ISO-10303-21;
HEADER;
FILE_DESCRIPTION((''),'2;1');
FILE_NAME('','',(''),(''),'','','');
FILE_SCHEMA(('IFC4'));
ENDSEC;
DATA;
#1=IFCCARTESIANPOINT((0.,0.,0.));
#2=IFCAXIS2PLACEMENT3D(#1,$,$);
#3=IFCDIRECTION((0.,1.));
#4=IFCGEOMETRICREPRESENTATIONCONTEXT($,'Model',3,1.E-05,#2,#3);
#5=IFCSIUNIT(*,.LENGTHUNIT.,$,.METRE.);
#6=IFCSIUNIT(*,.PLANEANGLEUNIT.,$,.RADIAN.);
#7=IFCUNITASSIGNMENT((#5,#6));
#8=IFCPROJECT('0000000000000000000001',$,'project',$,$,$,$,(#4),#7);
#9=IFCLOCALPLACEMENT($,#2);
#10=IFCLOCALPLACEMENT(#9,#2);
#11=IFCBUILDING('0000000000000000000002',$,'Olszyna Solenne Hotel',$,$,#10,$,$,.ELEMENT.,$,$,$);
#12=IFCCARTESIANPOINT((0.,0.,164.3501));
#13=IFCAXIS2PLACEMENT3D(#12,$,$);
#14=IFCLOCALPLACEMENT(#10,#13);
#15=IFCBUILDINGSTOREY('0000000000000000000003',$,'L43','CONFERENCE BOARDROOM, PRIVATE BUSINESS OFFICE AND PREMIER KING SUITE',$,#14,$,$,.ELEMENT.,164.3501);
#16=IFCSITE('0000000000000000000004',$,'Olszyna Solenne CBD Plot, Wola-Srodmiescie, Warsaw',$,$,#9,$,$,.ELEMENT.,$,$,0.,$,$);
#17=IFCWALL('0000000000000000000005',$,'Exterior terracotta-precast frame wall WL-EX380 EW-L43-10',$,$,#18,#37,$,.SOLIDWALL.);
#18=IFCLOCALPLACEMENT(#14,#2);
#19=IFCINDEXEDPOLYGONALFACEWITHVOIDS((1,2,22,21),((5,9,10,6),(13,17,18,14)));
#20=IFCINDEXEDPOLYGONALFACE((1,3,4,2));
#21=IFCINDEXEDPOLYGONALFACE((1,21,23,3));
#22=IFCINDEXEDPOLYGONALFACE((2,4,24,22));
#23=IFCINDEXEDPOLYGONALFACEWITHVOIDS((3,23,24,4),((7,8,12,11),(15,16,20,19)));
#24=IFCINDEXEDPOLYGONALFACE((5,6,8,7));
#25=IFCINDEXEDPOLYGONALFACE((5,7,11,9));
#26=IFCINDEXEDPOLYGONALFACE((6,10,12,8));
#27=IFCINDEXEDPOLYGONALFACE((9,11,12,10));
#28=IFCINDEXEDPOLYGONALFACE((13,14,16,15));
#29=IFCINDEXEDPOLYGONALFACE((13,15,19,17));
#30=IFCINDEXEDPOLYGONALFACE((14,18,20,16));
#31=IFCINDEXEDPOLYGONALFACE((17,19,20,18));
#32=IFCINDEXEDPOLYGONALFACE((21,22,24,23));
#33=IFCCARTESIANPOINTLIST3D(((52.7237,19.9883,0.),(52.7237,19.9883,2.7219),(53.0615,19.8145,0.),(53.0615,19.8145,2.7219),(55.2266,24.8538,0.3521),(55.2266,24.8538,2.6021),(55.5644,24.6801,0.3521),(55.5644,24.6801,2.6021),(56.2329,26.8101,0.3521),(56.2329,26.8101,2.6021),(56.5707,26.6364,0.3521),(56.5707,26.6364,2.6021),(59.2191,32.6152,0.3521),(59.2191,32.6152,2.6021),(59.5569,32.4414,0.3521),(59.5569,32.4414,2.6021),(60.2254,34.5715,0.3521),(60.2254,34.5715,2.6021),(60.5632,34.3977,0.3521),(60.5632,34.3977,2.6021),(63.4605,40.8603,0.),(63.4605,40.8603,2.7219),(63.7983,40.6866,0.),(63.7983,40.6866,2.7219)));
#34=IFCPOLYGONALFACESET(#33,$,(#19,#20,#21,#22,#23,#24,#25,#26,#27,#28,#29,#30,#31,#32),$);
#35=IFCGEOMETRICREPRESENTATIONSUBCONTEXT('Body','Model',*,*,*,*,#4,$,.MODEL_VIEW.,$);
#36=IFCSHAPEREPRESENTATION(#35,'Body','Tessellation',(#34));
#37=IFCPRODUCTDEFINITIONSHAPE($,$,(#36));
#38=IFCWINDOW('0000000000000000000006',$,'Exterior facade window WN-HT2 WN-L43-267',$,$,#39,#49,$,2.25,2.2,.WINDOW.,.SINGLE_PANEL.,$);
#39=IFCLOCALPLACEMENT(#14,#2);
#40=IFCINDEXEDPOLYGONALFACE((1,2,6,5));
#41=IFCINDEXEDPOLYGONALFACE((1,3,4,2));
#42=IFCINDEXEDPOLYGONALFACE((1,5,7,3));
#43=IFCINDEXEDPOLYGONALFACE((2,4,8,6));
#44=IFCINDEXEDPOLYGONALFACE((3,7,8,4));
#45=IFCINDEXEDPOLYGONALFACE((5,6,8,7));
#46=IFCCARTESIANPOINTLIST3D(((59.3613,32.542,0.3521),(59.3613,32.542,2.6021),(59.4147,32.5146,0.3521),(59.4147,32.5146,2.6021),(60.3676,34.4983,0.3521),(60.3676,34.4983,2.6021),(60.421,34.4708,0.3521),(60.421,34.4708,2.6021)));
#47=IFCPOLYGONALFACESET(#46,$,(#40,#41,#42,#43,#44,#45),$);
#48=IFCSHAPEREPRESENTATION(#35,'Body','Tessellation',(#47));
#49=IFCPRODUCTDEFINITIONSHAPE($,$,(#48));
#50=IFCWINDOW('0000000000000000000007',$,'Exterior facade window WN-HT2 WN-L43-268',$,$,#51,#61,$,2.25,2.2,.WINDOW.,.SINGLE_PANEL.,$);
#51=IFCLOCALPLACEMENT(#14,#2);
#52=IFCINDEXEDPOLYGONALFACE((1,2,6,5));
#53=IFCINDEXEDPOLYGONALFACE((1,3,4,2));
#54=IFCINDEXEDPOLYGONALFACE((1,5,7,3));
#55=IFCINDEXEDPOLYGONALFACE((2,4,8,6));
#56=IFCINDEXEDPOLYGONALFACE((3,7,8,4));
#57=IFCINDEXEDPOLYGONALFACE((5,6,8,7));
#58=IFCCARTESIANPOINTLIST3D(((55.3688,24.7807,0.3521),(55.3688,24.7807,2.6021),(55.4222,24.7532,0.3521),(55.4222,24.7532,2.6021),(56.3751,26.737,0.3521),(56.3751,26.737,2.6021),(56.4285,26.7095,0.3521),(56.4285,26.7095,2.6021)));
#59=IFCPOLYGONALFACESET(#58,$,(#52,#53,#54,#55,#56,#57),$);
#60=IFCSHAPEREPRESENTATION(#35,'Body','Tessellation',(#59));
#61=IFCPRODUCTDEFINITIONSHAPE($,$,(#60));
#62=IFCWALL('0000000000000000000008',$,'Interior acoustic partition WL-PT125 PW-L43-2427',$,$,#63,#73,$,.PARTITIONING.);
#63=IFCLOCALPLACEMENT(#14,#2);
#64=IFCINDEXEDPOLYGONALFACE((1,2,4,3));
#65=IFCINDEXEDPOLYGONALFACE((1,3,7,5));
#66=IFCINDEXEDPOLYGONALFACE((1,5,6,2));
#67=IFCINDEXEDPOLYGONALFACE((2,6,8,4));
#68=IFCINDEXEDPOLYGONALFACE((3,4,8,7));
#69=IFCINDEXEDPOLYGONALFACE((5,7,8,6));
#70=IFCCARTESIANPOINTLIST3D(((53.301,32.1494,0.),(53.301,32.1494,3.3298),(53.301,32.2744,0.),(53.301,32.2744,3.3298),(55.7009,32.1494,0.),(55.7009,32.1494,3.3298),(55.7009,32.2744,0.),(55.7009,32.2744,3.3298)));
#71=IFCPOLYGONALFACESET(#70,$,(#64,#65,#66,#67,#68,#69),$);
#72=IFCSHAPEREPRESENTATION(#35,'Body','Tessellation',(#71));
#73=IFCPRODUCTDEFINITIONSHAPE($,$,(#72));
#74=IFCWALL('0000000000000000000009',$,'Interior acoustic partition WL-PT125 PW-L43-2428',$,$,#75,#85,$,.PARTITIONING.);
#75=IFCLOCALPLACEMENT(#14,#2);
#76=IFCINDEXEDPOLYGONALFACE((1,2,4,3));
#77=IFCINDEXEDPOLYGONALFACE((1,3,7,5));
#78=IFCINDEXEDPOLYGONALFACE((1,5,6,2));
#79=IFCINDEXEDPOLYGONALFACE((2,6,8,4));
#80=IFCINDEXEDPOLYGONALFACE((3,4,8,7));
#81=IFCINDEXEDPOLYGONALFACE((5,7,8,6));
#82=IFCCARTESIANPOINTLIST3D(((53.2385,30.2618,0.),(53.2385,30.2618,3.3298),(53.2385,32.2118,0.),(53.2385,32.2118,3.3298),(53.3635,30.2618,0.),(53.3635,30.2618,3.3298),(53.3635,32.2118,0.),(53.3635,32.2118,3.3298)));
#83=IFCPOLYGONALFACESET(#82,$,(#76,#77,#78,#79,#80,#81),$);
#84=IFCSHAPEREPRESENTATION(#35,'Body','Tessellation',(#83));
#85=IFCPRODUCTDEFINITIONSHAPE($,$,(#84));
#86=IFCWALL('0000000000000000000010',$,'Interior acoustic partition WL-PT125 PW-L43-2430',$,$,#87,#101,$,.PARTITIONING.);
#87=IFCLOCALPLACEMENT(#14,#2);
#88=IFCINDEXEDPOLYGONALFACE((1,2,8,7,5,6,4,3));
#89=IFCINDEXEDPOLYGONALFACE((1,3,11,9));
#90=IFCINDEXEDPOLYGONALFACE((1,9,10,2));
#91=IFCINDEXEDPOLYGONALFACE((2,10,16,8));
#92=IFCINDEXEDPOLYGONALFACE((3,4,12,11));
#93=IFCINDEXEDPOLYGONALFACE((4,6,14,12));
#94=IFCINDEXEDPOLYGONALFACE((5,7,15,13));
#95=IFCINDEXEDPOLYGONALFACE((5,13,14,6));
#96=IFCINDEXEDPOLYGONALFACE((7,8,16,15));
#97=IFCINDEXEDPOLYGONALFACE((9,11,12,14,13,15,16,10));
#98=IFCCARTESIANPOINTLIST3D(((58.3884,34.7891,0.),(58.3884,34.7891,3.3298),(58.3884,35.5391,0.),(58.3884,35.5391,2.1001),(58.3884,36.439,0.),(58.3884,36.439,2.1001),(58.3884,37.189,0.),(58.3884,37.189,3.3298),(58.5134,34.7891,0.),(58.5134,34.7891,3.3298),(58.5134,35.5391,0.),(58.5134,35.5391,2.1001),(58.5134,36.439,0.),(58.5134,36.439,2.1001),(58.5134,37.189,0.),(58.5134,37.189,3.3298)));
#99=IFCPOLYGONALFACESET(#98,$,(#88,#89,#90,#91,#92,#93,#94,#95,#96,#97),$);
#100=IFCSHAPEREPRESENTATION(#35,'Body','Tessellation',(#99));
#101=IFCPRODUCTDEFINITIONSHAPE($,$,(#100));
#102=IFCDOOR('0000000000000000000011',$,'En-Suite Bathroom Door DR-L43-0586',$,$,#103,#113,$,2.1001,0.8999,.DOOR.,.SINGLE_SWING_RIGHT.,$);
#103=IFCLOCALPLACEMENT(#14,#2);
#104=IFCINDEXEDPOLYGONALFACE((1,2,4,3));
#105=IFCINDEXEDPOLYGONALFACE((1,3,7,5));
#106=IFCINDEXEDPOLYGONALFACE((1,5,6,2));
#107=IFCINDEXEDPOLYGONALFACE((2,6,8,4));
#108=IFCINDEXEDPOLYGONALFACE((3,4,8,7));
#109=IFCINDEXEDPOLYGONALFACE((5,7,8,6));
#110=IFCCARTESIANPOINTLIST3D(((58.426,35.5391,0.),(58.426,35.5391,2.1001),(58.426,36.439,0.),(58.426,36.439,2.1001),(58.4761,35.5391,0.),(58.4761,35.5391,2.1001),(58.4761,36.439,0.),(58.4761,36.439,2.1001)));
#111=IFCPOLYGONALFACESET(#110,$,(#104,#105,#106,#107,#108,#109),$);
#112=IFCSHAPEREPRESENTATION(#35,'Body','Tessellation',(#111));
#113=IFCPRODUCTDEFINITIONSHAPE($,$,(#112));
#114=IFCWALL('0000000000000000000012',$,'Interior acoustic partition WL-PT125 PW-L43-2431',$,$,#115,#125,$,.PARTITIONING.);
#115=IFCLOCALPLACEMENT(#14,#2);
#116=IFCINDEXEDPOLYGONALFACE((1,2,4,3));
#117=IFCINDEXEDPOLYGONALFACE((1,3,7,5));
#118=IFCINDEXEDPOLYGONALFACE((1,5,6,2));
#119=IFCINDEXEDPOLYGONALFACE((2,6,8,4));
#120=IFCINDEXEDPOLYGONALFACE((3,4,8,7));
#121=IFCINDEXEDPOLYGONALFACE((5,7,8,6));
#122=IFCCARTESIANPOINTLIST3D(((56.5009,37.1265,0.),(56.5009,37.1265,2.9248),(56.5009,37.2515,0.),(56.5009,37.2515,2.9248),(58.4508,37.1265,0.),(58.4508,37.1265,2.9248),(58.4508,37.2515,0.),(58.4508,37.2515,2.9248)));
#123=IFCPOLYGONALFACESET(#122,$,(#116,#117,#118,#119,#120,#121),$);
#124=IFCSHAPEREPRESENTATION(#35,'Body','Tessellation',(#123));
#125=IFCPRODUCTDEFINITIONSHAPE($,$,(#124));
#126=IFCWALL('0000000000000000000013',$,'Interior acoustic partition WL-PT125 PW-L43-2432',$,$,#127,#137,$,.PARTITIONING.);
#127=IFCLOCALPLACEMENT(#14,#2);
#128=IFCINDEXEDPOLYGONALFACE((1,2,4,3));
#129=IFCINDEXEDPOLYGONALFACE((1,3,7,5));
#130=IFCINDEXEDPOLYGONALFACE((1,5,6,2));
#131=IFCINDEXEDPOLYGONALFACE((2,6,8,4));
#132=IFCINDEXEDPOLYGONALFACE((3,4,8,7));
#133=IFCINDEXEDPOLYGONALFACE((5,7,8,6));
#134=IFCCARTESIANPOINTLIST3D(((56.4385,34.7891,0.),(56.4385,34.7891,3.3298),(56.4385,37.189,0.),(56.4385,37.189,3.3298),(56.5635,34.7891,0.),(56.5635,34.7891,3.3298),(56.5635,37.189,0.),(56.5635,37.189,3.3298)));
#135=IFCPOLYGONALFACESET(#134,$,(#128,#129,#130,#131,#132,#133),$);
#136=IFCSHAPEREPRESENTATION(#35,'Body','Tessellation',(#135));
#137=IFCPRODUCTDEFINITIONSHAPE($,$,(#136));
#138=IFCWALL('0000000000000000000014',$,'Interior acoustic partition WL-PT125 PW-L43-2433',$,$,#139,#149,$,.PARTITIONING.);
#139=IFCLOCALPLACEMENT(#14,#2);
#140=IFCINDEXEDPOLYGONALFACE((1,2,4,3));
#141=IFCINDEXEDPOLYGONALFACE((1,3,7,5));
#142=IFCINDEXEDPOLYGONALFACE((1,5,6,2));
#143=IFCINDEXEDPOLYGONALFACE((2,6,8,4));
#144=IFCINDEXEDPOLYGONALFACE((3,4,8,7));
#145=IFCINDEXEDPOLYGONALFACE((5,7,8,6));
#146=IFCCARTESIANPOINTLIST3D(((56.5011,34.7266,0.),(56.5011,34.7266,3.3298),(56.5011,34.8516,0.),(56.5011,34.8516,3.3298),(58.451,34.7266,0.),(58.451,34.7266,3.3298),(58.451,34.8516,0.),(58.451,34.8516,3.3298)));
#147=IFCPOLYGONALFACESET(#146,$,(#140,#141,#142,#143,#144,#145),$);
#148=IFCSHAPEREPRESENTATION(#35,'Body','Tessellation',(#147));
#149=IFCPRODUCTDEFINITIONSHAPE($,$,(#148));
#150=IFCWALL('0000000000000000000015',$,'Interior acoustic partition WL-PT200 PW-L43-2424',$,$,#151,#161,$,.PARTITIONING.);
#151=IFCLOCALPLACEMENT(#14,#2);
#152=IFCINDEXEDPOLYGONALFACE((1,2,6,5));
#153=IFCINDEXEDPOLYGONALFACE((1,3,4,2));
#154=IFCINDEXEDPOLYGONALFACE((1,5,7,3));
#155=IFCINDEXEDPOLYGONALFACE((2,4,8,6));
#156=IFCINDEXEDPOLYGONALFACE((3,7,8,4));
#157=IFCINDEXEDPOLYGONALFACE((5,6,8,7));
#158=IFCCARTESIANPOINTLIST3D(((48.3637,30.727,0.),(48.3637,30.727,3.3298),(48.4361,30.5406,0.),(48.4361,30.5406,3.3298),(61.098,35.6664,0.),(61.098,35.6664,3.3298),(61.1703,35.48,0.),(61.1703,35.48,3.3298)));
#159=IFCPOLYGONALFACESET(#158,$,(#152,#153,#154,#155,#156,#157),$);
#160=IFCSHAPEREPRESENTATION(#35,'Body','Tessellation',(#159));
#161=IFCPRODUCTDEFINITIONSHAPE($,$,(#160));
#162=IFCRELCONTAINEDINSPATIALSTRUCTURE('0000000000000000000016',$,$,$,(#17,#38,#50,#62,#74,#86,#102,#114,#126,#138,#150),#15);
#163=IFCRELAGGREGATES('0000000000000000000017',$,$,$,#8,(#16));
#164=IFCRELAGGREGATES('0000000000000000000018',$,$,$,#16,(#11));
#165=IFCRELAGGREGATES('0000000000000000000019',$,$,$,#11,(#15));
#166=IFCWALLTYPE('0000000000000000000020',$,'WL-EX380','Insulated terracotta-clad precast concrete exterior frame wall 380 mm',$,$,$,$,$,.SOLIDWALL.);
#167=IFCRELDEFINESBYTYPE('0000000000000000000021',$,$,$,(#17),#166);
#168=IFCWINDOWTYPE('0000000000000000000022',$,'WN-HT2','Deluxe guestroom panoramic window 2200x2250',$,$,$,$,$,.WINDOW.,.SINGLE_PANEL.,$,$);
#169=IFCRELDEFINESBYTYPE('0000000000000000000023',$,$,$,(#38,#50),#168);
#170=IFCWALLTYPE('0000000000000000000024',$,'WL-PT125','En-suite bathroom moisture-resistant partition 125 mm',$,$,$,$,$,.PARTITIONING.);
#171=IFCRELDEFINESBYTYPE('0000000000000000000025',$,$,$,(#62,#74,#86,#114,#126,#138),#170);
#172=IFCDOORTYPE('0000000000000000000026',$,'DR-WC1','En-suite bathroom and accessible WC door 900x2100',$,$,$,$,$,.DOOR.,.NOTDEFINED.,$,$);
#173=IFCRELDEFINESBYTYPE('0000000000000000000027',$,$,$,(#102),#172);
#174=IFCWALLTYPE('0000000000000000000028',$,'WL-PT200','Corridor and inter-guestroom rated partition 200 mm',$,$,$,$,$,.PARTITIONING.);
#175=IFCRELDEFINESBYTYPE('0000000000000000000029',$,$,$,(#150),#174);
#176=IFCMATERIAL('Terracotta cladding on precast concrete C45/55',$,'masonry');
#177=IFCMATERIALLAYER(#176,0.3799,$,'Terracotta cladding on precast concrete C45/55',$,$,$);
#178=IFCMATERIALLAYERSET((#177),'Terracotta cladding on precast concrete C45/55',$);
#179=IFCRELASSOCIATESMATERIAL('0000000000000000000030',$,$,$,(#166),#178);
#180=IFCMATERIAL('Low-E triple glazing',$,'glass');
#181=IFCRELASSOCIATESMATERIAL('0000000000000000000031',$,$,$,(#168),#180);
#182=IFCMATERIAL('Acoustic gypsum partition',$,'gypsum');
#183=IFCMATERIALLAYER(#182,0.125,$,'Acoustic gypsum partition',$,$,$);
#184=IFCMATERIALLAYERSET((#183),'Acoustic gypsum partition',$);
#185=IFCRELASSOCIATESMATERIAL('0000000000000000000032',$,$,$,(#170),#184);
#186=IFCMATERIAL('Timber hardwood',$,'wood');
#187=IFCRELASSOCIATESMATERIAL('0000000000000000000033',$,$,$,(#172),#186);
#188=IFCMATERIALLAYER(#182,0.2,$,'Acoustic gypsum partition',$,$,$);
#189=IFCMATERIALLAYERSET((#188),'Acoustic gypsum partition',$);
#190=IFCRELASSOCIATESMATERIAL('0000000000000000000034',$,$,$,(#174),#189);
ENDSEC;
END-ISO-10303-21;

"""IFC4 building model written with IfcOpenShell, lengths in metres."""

from ifc_helpers import new_model, si_unit, direction, frame, frame_2d, origin, place, context, subcontext, project, spatial, rectangle, extrude, source, transform, mapped, material, layer, layer_set, type_object, type_shapes, element, fill, save


model = new_model("IFC4")

# Units and contexts
model_context = context("Model", 3, precision=1e-05, world=origin(), true_north=direction((0.0, 1.0)))
body_context = subcontext(model_context, "Body", "Model", "MODEL_VIEW")
ifc_project = project(units=[si_unit("LENGTHUNIT", "METRE"), si_unit("PLANEANGLEUNIT", "RADIAN")], contexts=[model_context])

# Site, building, storey
site_placement = place(None, origin())
site = spatial("IfcSite", under=ifc_project, at=site_placement, Name="Olszyna Solenne CBD Plot, Wola-Srodmiescie, Warsaw", CompositionType="ELEMENT", RefElevation=0.0)
building_placement = place(site_placement, origin())
building = spatial("IfcBuilding", under=site, at=building_placement, Name="Olszyna Solenne Hotel", CompositionType="ELEMENT")
storey_placement = place(building_placement, frame((0.0, 0.0, 164.3501)))
storey = spatial("IfcBuildingStorey", under=building, at=storey_placement, Name="L43", Description="CONFERENCE BOARDROOM, PRIVATE BUSINESS OFFICE AND PREMIER KING SUITE", CompositionType="ELEMENT", Elevation=164.3501)

# Shared definitions
ifc_material_1 = material(Name="Timber hardwood", Category="wood")

# Shared definitions
ifc_material_2 = material(Name="Terracotta cladding on precast concrete C45/55", Category="masonry")
ifc_layer_1 = layer(ifc_material_2, 0.3799, Name="Terracotta cladding on precast concrete C45/55")
ifc_layer_set_1 = layer_set([ifc_layer_1], Name="Terracotta cladding on precast concrete C45/55")
wall_type_1 = type_object("IfcWallType", Name="WL-EX380", Description="Insulated terracotta-clad precast concrete exterior frame wall 380 mm", PredefinedType="SOLIDWALL", material=ifc_layer_set_1)

# Wall, openings, windows
wall_1_placement = place(storey_placement, frame((63.6294, 40.7734, 0.0), z_axis=(0.0, 0.0, 1.0), x_axis=(-0.457436, -0.889243, 0.0)))
wall_1 = element("IfcWall", 1, at=wall_1_placement, inside=storey, type_object=wall_type_1, Name="Exterior terracotta-precast frame wall WL-EX380 EW-L43-10", PredefinedType="SOLIDWALL", context=body_context, shape_type="SweptSolid", body=[
    extrude(rectangle(XDim=23.4717, YDim=0.3799, at=frame_2d((11.7358, 0.0))), origin(), (0.0, 0.0, 1.0), 2.7219),
])
opening_1_placement = place(wall_1_placement, frame((7.072, 0.0, 0.3521)))
opening_1 = element("IfcOpeningElement", 2, at=opening_1_placement, cuts=wall_1, PredefinedType="OPENING", context=body_context, shape_type="SweptSolid", body=[
    extrude(rectangle(XDim=2.2, YDim=2.25, at=frame_2d((1.1001, 1.125))), frame((0.0, 0.2, 0.0), z_axis=(0.0, -1.0, 0.0), x_axis=(1.0, 0.0, 0.0)), (0.0, 0.0, 1.0), 0.3999),
])
opening_2_placement = place(wall_1_placement, frame((15.8, 0.0, 0.3521)))
opening_2 = element("IfcOpeningElement", 3, at=opening_2_placement, cuts=wall_1, PredefinedType="OPENING", context=body_context, shape_type="SweptSolid", body=[
    extrude(rectangle(XDim=2.2, YDim=2.25, at=frame_2d((1.1001, 1.125))), frame((0.0, 0.2, 0.0), z_axis=(0.0, -1.0, 0.0), x_axis=(1.0, 0.0, 0.0)), (0.0, 0.0, 1.0), 0.3999),
])
ifc_material_3 = material(Name="Low-E triple glazing", Category="glass")
window_type = type_object("IfcWindowType", Name="WN-HT2", Description="Deluxe guestroom panoramic window 2200x2250", PartitioningType="SINGLE_PANEL", PredefinedType="WINDOW", material=ifc_material_3)
shared_shape_1 = source(origin(), body_context, "Body", "SweptSolid", [
    extrude(rectangle(XDim=2.2, YDim=2.25, at=frame_2d((1.1001, 1.125))), frame((0.0, 0.03, 0.0), z_axis=(0.0, -1.0, 0.0), x_axis=(1.0, 0.0, 0.0)), (0.0, 0.0, 1.0), 0.0601),
])
type_shapes(window_type, [shared_shape_1])
window_1_placement = place(opening_1_placement, origin())
window_1 = element("IfcWindow", 4, at=window_1_placement, inside=storey, type_object=window_type, Name="Exterior facade window WN-HT2 WN-L43-267", OverallHeight=2.25, OverallWidth=2.2, PartitioningType="SINGLE_PANEL", PredefinedType="WINDOW", context=body_context, shape_type="MappedRepresentation", body=[
    mapped(shared_shape_1, transform((0.0, 0.0, 0.0), x_axis=(1.0, 0.0, 0.0), y_axis=(0.0, 1.0, 0.0), z_axis=(0.0, 0.0, 1.0), scale=1.0)),
])
fill(opening_1, window_1)
window_2_placement = place(opening_2_placement, origin())
window_2 = element("IfcWindow", 5, at=window_2_placement, inside=storey, type_object=window_type, Name="Exterior facade window WN-HT2 WN-L43-268", OverallHeight=2.25, OverallWidth=2.2, PartitioningType="SINGLE_PANEL", PredefinedType="WINDOW", context=body_context, shape_type="MappedRepresentation", body=[
    mapped(shared_shape_1, transform((0.0, 0.0, 0.0), x_axis=(1.0, 0.0, 0.0), y_axis=(0.0, 1.0, 0.0), z_axis=(0.0, 0.0, 1.0), scale=1.0)),
])
fill(opening_2, window_2)

# Walls
ifc_material_4 = material(Name="Acoustic gypsum partition", Category="gypsum")
ifc_layer_2 = layer(ifc_material_4, 0.125, Name="Acoustic gypsum partition")
ifc_layer_set_2 = layer_set([ifc_layer_2], Name="Acoustic gypsum partition")
wall_type_2 = type_object("IfcWallType", Name="WL-PT125", Description="En-suite bathroom moisture-resistant partition 125 mm", PredefinedType="PARTITIONING", material=ifc_layer_set_2)
wall_2_placement = place(storey_placement, frame((55.7009, 32.2119, 0.0), z_axis=(0.0, 0.0, 1.0), x_axis=(-1.0, 0.0, 0.0)))
element("IfcWall", 6, at=wall_2_placement, inside=storey, type_object=wall_type_2, Name="Interior acoustic partition WL-PT125 PW-L43-2427", PredefinedType="PARTITIONING", context=body_context, shape_type="SweptSolid", body=[
    extrude(rectangle(XDim=2.3999, YDim=0.125, at=frame_2d((1.2, 0.0))), origin(), (0.0, 0.0, 1.0), 3.3298),
])
wall_3_placement = place(storey_placement, frame((53.301, 32.2119, 0.0), z_axis=(0.0, 0.0, 1.0), x_axis=(0.0, -1.0, 0.0)))
element("IfcWall", 7, at=wall_3_placement, inside=storey, type_object=wall_type_2, Name="Interior acoustic partition WL-PT125 PW-L43-2428", PredefinedType="PARTITIONING", context=body_context, shape_type="SweptSolid", body=[
    extrude(rectangle(XDim=1.95, YDim=0.125, at=frame_2d((0.9751, 0.0))), origin(), (0.0, 0.0, 1.0), 3.3298),
])

# Wall, opening, door
wall_4_placement = place(storey_placement, frame((58.4509, 34.7891, 0.0), z_axis=(0.0, 0.0, 1.0), x_axis=(0.0, 1.0, 0.0)))
wall_4 = element("IfcWall", 8, at=wall_4_placement, inside=storey, type_object=wall_type_2, Name="Interior acoustic partition WL-PT125 PW-L43-2430", PredefinedType="PARTITIONING", context=body_context, shape_type="SweptSolid", body=[
    extrude(rectangle(XDim=2.3999, YDim=0.125, at=frame_2d((1.2, 0.0))), origin(), (0.0, 0.0, 1.0), 3.3298),
])
opening_3_placement = place(wall_4_placement, frame((0.75, 0.0, 0.0)))
opening_3 = element("IfcOpeningElement", 9, at=opening_3_placement, cuts=wall_4, PredefinedType="OPENING", context=body_context, shape_type="SweptSolid", body=[
    extrude(rectangle(XDim=0.8999, YDim=2.1001, at=frame_2d((0.45, 1.05))), frame((0.0, 0.0725, 0.0), z_axis=(0.0, -1.0, 0.0), x_axis=(1.0, 0.0, 0.0)), (0.0, 0.0, 1.0), 0.145),
])
door_type_1 = type_object("IfcDoorType", Name="DR-WC1", Description="En-suite bathroom and accessible WC door 900x2100", OperationType="NOTDEFINED", PredefinedType="DOOR", material=ifc_material_1)
shared_shape_2 = source(origin(), body_context, "Body", "SweptSolid", [
    extrude(rectangle(XDim=0.8999, YDim=2.1001, at=frame_2d((0.45, 1.05))), frame((0.0, 0.0249, 0.0), z_axis=(0.0, -1.0, 0.0), x_axis=(1.0, 0.0, 0.0)), (0.0, 0.0, 1.0), 0.05),
])
type_shapes(door_type_1, [shared_shape_2])
door_1_placement = place(opening_3_placement, origin())
door_1 = element("IfcDoor", 10, at=door_1_placement, inside=storey, type_object=door_type_1, Name="En-Suite Bathroom Door DR-L43-0586", OperationType="SINGLE_SWING_RIGHT", OverallHeight=2.1001, OverallWidth=0.8999, PredefinedType="DOOR", context=body_context, shape_type="MappedRepresentation", body=[
    mapped(shared_shape_2, transform((0.0, 0.0, 0.0), x_axis=(1.0, 0.0, 0.0), y_axis=(0.0, 1.0, 0.0), z_axis=(0.0, 0.0, 1.0), scale=1.0)),
])
fill(opening_3, door_1)

# Walls
wall_5_placement = place(storey_placement, frame((58.4509, 37.189, 0.0), z_axis=(0.0, 0.0, 1.0), x_axis=(-1.0, 0.0, 0.0)))
element("IfcWall", 11, at=wall_5_placement, inside=storey, type_object=wall_type_2, Name="Interior acoustic partition WL-PT125 PW-L43-2431", PredefinedType="PARTITIONING", context=body_context, shape_type="SweptSolid", body=[
    extrude(rectangle(XDim=1.95, YDim=0.125, at=frame_2d((0.9751, 0.0))), origin(), (0.0, 0.0, 1.0), 2.9248),
])
wall_6_placement = place(storey_placement, frame((56.501, 37.189, 0.0), z_axis=(0.0, 0.0, 1.0), x_axis=(0.0, -1.0, 0.0)))
element("IfcWall", 12, at=wall_6_placement, inside=storey, type_object=wall_type_2, Name="Interior acoustic partition WL-PT125 PW-L43-2432", PredefinedType="PARTITIONING", context=body_context, shape_type="SweptSolid", body=[
    extrude(rectangle(XDim=2.3999, YDim=0.125, at=frame_2d((1.2, 0.0))), origin(), (0.0, 0.0, 1.0), 3.3298),
])
wall_7_placement = place(storey_placement, frame((56.501, 34.7891, 0.0), z_axis=(0.0, 0.0, 1.0), x_axis=(1.0, 0.0, 0.0)))
element("IfcWall", 13, at=wall_7_placement, inside=storey, type_object=wall_type_2, Name="Interior acoustic partition WL-PT125 PW-L43-2433", PredefinedType="PARTITIONING", context=body_context, shape_type="SweptSolid", body=[
    extrude(rectangle(XDim=1.95, YDim=0.125, at=frame_2d((0.9751, 0.0))), origin(), (0.0, 0.0, 1.0), 3.3298),
])
ifc_layer_3 = layer(ifc_material_4, 0.2, Name="Acoustic gypsum partition")
ifc_layer_set_3 = layer_set([ifc_layer_3], Name="Acoustic gypsum partition")
wall_type_3 = type_object("IfcWallType", Name="WL-PT200", Description="Corridor and inter-guestroom rated partition 200 mm", PredefinedType="PARTITIONING", material=ifc_layer_set_3)
wall_8_placement = place(storey_placement, frame((48.3999, 30.6338, 0.0), z_axis=(0.0, 0.0, 1.0), x_axis=(0.932321, 0.361632, 0.0)))
element("IfcWall", 14, at=wall_8_placement, inside=storey, type_object=wall_type_3, Name="Interior acoustic partition WL-PT200 PW-L43-2424", PredefinedType="PARTITIONING", context=body_context, shape_type="SweptSolid", body=[
    extrude(rectangle(XDim=13.6587, YDim=0.2, at=frame_2d((6.8293, 0.0))), origin(), (0.0, 0.0, 1.0), 3.3298),
])

save(model, "model.ifc")
